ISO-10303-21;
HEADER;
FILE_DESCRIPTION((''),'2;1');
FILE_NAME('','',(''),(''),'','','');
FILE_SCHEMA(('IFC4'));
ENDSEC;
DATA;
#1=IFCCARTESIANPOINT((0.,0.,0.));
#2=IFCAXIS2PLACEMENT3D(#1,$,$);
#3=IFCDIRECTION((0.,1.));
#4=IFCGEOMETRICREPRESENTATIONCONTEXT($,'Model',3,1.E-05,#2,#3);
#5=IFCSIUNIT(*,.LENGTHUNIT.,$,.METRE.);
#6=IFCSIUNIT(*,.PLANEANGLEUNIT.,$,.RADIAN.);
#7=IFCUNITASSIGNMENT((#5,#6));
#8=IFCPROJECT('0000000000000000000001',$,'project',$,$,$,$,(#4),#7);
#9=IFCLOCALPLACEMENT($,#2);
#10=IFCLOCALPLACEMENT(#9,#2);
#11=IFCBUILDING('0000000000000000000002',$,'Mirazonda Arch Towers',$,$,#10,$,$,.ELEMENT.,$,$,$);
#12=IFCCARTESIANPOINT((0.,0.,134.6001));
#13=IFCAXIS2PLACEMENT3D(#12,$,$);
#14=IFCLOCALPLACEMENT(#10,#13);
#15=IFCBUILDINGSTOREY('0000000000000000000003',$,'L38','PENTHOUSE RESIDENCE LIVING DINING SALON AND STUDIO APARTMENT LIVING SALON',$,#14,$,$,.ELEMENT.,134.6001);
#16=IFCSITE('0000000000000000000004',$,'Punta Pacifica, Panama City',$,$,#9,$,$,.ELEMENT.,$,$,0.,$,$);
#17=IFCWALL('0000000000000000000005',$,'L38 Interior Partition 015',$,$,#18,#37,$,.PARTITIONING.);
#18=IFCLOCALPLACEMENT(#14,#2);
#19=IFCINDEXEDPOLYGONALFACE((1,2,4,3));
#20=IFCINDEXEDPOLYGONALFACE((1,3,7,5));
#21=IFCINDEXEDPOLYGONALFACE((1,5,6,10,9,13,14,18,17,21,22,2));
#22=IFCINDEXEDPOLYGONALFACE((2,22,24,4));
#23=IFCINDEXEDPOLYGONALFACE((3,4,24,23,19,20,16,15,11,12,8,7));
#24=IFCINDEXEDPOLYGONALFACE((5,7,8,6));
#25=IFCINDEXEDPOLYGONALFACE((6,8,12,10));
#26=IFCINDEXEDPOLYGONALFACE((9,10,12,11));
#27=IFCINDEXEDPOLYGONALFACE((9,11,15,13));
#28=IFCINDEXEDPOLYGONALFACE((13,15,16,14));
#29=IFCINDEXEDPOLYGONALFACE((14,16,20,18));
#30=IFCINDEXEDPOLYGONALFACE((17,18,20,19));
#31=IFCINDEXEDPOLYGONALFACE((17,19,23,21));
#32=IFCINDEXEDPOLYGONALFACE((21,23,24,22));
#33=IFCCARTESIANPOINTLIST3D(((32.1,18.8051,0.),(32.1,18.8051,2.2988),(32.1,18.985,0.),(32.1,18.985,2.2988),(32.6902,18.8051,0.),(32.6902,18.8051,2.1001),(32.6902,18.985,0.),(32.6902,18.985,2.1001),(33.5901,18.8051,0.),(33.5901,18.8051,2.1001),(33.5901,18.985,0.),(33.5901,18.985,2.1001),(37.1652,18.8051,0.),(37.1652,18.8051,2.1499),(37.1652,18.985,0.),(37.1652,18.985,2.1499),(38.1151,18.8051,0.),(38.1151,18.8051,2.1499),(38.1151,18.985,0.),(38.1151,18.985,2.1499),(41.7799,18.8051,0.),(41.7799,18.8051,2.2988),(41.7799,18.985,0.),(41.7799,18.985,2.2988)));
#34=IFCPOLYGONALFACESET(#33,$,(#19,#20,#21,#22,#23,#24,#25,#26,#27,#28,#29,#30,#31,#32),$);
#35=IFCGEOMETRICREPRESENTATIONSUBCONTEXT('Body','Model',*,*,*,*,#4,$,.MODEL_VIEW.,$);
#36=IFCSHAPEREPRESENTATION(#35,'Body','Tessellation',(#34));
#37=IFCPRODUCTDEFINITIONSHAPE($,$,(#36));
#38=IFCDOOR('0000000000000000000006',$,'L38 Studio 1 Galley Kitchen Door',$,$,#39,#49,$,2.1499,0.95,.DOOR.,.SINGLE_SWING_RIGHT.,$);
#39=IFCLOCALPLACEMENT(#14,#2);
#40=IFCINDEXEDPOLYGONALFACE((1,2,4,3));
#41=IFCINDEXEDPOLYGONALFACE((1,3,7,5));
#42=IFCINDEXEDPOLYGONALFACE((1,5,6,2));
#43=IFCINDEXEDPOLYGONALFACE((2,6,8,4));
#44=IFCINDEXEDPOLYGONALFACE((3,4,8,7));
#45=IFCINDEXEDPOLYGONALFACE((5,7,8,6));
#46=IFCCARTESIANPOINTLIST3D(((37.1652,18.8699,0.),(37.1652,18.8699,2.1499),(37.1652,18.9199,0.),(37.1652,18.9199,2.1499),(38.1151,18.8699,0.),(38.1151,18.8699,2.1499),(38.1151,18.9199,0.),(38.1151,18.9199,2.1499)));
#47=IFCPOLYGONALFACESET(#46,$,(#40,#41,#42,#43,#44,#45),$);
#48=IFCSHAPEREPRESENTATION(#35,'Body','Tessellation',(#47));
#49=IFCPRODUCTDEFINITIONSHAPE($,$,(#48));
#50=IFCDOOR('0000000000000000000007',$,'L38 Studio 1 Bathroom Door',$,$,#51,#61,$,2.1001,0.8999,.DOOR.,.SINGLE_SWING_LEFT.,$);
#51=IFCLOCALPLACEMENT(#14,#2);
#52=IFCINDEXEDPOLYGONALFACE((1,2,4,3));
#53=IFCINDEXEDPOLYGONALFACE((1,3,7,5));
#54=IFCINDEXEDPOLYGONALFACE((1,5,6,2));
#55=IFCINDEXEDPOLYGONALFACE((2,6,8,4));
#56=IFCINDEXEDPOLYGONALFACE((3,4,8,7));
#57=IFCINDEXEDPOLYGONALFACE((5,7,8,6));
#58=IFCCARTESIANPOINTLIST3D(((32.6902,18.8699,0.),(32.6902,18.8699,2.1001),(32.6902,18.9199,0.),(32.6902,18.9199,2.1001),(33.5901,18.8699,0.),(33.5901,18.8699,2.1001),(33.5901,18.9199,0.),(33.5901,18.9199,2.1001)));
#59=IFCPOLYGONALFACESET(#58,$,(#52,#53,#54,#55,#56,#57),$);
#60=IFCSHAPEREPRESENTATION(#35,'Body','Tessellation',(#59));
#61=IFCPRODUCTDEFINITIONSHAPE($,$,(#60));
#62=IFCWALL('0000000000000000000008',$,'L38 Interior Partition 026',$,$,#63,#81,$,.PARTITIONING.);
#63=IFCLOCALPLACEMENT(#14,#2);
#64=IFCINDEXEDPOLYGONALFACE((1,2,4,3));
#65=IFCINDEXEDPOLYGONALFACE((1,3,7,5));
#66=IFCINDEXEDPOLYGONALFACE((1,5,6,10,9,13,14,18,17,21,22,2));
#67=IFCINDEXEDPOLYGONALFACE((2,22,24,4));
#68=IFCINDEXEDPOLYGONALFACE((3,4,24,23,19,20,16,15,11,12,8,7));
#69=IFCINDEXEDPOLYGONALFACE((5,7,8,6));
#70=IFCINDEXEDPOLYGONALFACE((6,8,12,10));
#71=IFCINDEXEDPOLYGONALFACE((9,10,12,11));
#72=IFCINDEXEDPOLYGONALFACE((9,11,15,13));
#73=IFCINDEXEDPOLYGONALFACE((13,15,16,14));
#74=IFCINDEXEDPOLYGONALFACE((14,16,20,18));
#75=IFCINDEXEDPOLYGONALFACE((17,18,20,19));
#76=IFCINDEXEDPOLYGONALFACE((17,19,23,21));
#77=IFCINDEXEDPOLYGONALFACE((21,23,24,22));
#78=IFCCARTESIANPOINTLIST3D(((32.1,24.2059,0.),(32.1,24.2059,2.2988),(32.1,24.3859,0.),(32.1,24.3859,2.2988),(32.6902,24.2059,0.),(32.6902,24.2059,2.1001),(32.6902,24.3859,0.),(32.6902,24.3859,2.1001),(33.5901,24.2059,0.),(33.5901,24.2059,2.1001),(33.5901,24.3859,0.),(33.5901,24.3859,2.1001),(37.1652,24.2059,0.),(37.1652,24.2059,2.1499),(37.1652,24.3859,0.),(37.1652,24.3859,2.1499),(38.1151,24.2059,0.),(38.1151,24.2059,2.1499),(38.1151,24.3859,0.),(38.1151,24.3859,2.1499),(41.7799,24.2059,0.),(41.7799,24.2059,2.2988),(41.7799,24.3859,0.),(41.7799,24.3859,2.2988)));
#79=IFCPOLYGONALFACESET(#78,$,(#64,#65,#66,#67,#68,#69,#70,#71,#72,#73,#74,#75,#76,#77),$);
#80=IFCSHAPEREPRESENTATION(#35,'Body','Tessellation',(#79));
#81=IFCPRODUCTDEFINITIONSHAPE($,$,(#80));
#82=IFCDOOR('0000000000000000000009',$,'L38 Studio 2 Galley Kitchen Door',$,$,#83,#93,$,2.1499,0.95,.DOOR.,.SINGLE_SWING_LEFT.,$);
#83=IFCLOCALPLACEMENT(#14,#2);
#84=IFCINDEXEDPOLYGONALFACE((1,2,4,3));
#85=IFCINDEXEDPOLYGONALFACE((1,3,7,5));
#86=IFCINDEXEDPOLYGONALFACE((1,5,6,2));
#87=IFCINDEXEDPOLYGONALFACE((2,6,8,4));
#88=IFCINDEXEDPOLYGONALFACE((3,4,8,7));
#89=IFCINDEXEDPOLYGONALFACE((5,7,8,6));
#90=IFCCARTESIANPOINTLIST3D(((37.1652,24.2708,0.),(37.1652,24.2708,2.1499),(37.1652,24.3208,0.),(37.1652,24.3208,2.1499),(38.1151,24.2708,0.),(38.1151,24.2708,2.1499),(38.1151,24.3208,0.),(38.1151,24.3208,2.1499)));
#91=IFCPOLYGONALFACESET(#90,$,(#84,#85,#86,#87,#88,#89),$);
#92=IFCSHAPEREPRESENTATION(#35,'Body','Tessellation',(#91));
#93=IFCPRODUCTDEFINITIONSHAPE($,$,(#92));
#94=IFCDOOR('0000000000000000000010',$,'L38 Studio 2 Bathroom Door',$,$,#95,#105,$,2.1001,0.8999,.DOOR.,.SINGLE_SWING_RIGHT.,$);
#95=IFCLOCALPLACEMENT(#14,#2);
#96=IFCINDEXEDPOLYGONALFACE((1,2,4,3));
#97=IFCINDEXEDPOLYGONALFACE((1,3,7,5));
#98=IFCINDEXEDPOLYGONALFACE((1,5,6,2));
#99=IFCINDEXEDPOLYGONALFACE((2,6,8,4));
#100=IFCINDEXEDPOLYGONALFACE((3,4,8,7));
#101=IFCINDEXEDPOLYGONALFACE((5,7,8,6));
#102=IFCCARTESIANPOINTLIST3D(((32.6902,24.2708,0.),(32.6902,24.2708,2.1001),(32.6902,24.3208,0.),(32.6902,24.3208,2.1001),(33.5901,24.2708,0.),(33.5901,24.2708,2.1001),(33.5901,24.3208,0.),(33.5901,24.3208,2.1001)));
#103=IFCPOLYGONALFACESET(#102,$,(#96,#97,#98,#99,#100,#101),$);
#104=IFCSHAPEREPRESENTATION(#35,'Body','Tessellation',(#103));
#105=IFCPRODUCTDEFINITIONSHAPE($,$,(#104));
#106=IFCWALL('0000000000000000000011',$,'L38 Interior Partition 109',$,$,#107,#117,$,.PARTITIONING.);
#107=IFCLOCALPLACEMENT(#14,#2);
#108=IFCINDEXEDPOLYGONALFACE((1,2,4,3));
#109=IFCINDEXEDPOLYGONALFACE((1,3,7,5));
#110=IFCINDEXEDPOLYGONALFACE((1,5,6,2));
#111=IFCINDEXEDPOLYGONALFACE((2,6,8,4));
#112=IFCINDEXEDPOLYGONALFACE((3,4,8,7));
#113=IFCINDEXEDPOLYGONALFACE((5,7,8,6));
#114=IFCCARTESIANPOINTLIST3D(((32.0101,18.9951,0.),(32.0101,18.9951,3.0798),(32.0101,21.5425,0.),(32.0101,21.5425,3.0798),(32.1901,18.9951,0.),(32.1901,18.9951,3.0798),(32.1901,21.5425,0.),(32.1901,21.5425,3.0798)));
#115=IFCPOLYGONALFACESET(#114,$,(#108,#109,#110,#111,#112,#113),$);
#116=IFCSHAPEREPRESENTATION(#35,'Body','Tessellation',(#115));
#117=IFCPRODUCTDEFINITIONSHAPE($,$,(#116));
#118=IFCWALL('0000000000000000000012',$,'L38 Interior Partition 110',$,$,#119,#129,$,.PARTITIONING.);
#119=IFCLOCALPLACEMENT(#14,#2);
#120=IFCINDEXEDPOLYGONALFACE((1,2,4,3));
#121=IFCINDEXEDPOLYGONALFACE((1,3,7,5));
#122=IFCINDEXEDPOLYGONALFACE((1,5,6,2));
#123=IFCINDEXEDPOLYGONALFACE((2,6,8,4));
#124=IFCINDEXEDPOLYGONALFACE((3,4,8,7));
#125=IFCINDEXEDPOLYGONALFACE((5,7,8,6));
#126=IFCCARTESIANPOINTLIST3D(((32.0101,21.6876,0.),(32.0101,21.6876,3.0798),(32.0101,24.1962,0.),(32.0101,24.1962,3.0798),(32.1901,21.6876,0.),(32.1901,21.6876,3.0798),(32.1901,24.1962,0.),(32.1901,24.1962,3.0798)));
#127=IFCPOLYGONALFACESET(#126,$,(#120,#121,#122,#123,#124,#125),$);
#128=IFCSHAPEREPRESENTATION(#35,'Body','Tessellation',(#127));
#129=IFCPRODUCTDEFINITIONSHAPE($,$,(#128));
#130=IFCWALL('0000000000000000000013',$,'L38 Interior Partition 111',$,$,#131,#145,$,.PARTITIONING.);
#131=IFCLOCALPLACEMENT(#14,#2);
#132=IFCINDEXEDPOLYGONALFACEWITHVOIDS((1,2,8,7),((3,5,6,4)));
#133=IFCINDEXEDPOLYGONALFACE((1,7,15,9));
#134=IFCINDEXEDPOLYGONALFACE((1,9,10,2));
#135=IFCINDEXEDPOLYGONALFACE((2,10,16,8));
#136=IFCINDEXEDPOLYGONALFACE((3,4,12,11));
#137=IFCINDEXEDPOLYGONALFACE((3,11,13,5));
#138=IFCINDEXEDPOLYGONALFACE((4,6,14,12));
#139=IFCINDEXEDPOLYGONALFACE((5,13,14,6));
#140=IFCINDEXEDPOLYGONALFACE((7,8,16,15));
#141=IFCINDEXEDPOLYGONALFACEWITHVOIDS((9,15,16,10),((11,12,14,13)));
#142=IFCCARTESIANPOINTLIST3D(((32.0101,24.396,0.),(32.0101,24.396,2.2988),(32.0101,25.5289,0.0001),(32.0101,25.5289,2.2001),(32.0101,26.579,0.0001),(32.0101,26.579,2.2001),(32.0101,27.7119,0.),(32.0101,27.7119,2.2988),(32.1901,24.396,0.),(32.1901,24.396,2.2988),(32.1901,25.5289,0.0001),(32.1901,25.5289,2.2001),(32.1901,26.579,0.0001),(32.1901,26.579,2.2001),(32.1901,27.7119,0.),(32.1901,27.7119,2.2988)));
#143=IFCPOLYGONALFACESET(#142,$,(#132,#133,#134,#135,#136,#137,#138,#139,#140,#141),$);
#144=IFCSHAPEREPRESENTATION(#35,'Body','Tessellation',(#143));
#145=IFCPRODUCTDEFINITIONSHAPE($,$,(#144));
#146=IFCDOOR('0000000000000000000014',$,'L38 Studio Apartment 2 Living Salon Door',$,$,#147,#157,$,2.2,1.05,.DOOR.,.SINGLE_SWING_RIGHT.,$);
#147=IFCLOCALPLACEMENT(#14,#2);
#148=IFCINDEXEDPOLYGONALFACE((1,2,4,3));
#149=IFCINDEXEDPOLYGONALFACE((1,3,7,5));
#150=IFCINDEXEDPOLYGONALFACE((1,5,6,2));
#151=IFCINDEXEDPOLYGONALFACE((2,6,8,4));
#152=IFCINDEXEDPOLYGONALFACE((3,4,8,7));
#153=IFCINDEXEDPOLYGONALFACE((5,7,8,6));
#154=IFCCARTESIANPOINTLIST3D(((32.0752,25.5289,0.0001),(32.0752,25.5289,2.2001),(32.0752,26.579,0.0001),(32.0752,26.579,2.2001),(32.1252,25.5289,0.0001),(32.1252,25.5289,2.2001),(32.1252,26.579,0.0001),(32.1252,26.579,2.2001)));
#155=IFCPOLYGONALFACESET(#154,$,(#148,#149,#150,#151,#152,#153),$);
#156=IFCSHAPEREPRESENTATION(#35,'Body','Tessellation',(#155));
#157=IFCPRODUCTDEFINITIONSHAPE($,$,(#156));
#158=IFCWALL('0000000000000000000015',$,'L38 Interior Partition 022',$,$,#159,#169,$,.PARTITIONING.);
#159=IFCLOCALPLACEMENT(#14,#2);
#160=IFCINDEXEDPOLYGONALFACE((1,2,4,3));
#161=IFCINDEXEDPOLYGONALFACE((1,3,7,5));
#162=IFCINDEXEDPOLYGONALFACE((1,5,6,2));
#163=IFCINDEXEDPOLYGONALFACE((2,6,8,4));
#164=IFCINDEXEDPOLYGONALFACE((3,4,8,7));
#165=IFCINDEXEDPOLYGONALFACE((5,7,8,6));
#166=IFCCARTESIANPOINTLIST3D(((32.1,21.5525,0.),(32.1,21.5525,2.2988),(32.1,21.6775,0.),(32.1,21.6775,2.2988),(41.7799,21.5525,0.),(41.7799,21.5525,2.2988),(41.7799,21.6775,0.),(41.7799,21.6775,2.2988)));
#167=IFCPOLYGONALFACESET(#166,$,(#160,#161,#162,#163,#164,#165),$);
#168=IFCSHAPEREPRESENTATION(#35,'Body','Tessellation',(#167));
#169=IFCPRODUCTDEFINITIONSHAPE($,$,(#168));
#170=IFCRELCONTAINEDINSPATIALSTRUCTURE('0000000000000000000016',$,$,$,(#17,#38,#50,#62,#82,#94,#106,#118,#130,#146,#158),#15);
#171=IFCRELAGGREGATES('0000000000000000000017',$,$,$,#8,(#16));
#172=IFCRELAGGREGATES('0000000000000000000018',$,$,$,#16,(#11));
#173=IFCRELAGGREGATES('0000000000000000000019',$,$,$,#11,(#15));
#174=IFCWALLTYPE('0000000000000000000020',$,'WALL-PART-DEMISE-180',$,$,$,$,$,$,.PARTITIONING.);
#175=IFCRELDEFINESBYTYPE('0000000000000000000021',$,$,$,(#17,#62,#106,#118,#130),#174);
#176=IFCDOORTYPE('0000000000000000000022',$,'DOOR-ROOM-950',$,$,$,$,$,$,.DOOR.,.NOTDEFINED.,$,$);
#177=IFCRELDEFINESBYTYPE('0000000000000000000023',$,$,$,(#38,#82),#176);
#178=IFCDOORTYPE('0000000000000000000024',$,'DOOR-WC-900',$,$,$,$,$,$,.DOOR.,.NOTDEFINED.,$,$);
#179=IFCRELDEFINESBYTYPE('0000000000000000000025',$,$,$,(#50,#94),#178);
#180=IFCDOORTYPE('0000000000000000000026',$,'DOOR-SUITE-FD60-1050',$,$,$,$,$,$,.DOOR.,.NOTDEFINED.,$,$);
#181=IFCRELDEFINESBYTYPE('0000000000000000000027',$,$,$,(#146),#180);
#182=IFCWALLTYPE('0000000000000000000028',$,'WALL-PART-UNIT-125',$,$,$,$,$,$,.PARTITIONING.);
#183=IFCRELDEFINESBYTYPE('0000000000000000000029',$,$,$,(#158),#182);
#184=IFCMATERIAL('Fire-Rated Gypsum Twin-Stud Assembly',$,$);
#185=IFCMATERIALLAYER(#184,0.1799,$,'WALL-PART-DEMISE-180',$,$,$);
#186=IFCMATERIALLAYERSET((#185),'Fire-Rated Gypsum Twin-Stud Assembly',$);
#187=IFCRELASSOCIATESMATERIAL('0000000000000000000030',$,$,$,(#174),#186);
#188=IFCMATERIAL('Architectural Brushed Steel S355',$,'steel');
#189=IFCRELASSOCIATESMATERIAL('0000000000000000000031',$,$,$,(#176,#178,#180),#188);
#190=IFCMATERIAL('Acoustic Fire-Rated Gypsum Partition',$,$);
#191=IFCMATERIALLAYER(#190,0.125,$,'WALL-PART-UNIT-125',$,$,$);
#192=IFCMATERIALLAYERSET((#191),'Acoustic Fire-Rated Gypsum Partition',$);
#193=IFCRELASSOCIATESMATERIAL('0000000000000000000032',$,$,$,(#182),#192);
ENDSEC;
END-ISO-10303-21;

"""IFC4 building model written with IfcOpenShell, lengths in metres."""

from ifc_helpers import new_model, si_unit, direction, frame, frame_2d, origin, place, context, subcontext, project, spatial, rectangle, extrude, material, layer, layer_set, type_object, element, fill, save


model = new_model("IFC4")

# Units and contexts
model_context = context("Model", 3, precision=1e-05, world=origin(), true_north=direction((0.0, 1.0)))
body_context = subcontext(model_context, "Body", "Model", "MODEL_VIEW")
ifc_project = project(units=[si_unit("LENGTHUNIT", "METRE"), si_unit("PLANEANGLEUNIT", "RADIAN")], contexts=[model_context])

# Site, building, storey
site_placement = place(None, origin())
site = spatial("IfcSite", under=ifc_project, at=site_placement, Name="Punta Pacifica, Panama City", CompositionType="ELEMENT", RefElevation=0.0)
building_placement = place(site_placement, origin())
building = spatial("IfcBuilding", under=site, at=building_placement, Name="Mirazonda Arch Towers", CompositionType="ELEMENT")
storey_placement = place(building_placement, frame((0.0, 0.0, 134.6001)))
storey = spatial("IfcBuildingStorey", under=building, at=storey_placement, Name="L38", Description="PENTHOUSE RESIDENCE LIVING DINING SALON AND STUDIO APARTMENT LIVING SALON", CompositionType="ELEMENT", Elevation=134.6001)

# Walls, openings, doors
ifc_material_1 = material(Name="Fire-Rated Gypsum Twin-Stud Assembly")
ifc_layer_1 = layer(ifc_material_1, 0.1799, Name="WALL-PART-DEMISE-180")
ifc_layer_set_1 = layer_set([ifc_layer_1], Name="Fire-Rated Gypsum Twin-Stud Assembly")
wall_type_1 = type_object("IfcWallType", Name="WALL-PART-DEMISE-180", PredefinedType="PARTITIONING", material=ifc_layer_set_1)
wall_1_placement = place(storey_placement, frame((32.1001, 18.895, 0.0), z_axis=(0.0, 0.0, 1.0), x_axis=(1.0, 0.0, 0.0)))
wall_1 = element("IfcWall", 1, at=wall_1_placement, inside=storey, type_object=wall_type_1, Name="L38 Interior Partition 015", PredefinedType="PARTITIONING", context=body_context, shape_type="SweptSolid", body=[
    extrude(rectangle(XDim=9.6799, YDim=0.1799, at=frame_2d((4.8398, 0.0))), origin(), (0.0, 0.0, 1.0), 2.2988),
])
opening_1_placement = place(wall_1_placement, frame((5.0649, 0.0, 0.0)))
opening_1 = element("IfcOpeningElement", 2, at=opening_1_placement, cuts=wall_1, PredefinedType="OPENING", context=body_context, shape_type="SweptSolid", body=[
    extrude(rectangle(XDim=0.95, YDim=2.1499, at=frame_2d((0.4751, 1.075))), frame((0.0, 0.0999, 0.0), z_axis=(0.0, -1.0, 0.0), x_axis=(1.0, 0.0, 0.0)), (0.0, 0.0, 1.0), 0.2),
])
opening_2_placement = place(wall_1_placement, frame((0.5901, 0.0, 0.0)))
opening_2 = element("IfcOpeningElement", 3, at=opening_2_placement, cuts=wall_1, PredefinedType="OPENING", context=body_context, shape_type="SweptSolid", body=[
    extrude(rectangle(XDim=0.8999, YDim=2.1001, at=frame_2d((0.45, 1.05))), frame((0.0, 0.0999, 0.0), z_axis=(0.0, -1.0, 0.0), x_axis=(1.0, 0.0, 0.0)), (0.0, 0.0, 1.0), 0.2),
])
ifc_material_2 = material(Name="Architectural Brushed Steel S355", Category="steel")
door_type_1 = type_object("IfcDoorType", Name="DOOR-ROOM-950", OperationType="NOTDEFINED", PredefinedType="DOOR", material=ifc_material_2)
door_1_placement = place(opening_1_placement, origin())
door_1 = element("IfcDoor", 4, at=door_1_placement, inside=storey, type_object=door_type_1, Name="L38 Studio 1 Galley Kitchen Door", OperationType="SINGLE_SWING_RIGHT", OverallHeight=2.1499, OverallWidth=0.95, PredefinedType="DOOR", context=body_context, shape_type="SweptSolid", body=[
    extrude(rectangle(XDim=0.95, YDim=2.1499, at=frame_2d((0.4751, 1.075))), frame((0.0, 0.0249, 0.0), z_axis=(0.0, -1.0, 0.0), x_axis=(1.0, 0.0, 0.0)), (0.0, 0.0, 1.0), 0.05),
])
fill(opening_1, door_1)
door_type_2 = type_object("IfcDoorType", Name="DOOR-WC-900", OperationType="NOTDEFINED", PredefinedType="DOOR", material=ifc_material_2)
door_2_placement = place(opening_2_placement, origin())
door_2 = element("IfcDoor", 5, at=door_2_placement, inside=storey, type_object=door_type_2, Name="L38 Studio 1 Bathroom Door", OperationType="SINGLE_SWING_LEFT", OverallHeight=2.1001, OverallWidth=0.8999, PredefinedType="DOOR", context=body_context, shape_type="SweptSolid", body=[
    extrude(rectangle(XDim=0.8999, YDim=2.1001, at=frame_2d((0.45, 1.05))), frame((0.0, 0.0249, 0.0), z_axis=(0.0, -1.0, 0.0), x_axis=(1.0, 0.0, 0.0)), (0.0, 0.0, 1.0), 0.05),
])
fill(opening_2, door_2)
wall_2_placement = place(storey_placement, frame((32.1001, 24.2959, 0.0), z_axis=(0.0, 0.0, 1.0), x_axis=(1.0, 0.0, 0.0)))
wall_2 = element("IfcWall", 6, at=wall_2_placement, inside=storey, type_object=wall_type_1, Name="L38 Interior Partition 026", PredefinedType="PARTITIONING", context=body_context, shape_type="SweptSolid", body=[
    extrude(rectangle(XDim=9.6799, YDim=0.1799, at=frame_2d((4.8398, 0.0))), origin(), (0.0, 0.0, 1.0), 2.2988),
])
opening_3_placement = place(wall_2_placement, frame((5.0649, 0.0, 0.0)))
opening_3 = element("IfcOpeningElement", 7, at=opening_3_placement, cuts=wall_2, PredefinedType="OPENING", context=body_context, shape_type="SweptSolid", body=[
    extrude(rectangle(XDim=0.95, YDim=2.1499, at=frame_2d((0.4751, 1.075))), frame((0.0, 0.0999, 0.0), z_axis=(0.0, -1.0, 0.0), x_axis=(1.0, 0.0, 0.0)), (0.0, 0.0, 1.0), 0.2),
])
opening_4_placement = place(wall_2_placement, frame((0.5901, 0.0, 0.0)))
opening_4 = element("IfcOpeningElement", 8, at=opening_4_placement, cuts=wall_2, PredefinedType="OPENING", context=body_context, shape_type="SweptSolid", body=[
    extrude(rectangle(XDim=0.8999, YDim=2.1001, at=frame_2d((0.45, 1.05))), frame((0.0, 0.0999, 0.0), z_axis=(0.0, -1.0, 0.0), x_axis=(1.0, 0.0, 0.0)), (0.0, 0.0, 1.0), 0.2),
])
door_3_placement = place(opening_3_placement, origin())
door_3 = element("IfcDoor", 9, at=door_3_placement, inside=storey, type_object=door_type_1, Name="L38 Studio 2 Galley Kitchen Door", OperationType="SINGLE_SWING_LEFT", OverallHeight=2.1499, OverallWidth=0.95, PredefinedType="DOOR", context=body_context, shape_type="SweptSolid", body=[
    extrude(rectangle(XDim=0.95, YDim=2.1499, at=frame_2d((0.4751, 1.075))), frame((0.0, 0.0249, 0.0), z_axis=(0.0, -1.0, 0.0), x_axis=(1.0, 0.0, 0.0)), (0.0, 0.0, 1.0), 0.05),
])
fill(opening_3, door_3)
door_4_placement = place(opening_4_placement, origin())
door_4 = element("IfcDoor", 10, at=door_4_placement, inside=storey, type_object=door_type_2, Name="L38 Studio 2 Bathroom Door", OperationType="SINGLE_SWING_RIGHT", OverallHeight=2.1001, OverallWidth=0.8999, PredefinedType="DOOR", context=body_context, shape_type="SweptSolid", body=[
    extrude(rectangle(XDim=0.8999, YDim=2.1001, at=frame_2d((0.45, 1.05))), frame((0.0, 0.0249, 0.0), z_axis=(0.0, -1.0, 0.0), x_axis=(1.0, 0.0, 0.0)), (0.0, 0.0, 1.0), 0.05),
])
fill(opening_4, door_4)

# Walls
wall_3_placement = place(storey_placement, frame((32.1001, 18.9951, 0.0), z_axis=(0.0, 0.0, 1.0), x_axis=(0.0, 1.0, 0.0)))
element("IfcWall", 11, at=wall_3_placement, inside=storey, type_object=wall_type_1, Name="L38 Interior Partition 109", PredefinedType="PARTITIONING", context=body_context, shape_type="SweptSolid", body=[
    extrude(rectangle(XDim=2.5474, YDim=0.1799, at=frame_2d((1.2737, 0.0))), origin(), (0.0, 0.0, 1.0), 3.0798),
])
wall_4_placement = place(storey_placement, frame((32.1001, 21.6875, 0.0), z_axis=(0.0, 0.0, 1.0), x_axis=(0.0, 1.0, 0.0)))
element("IfcWall", 12, at=wall_4_placement, inside=storey, type_object=wall_type_1, Name="L38 Interior Partition 110", PredefinedType="PARTITIONING", context=body_context, shape_type="SweptSolid", body=[
    extrude(rectangle(XDim=2.5085, YDim=0.1799, at=frame_2d((1.2544, 0.0))), origin(), (0.0, 0.0, 1.0), 3.0798),
])

# Wall, opening, door
wall_5_placement = place(storey_placement, frame((32.1001, 24.396, 0.0), z_axis=(0.0, 0.0, 1.0), x_axis=(0.0, 1.0, 0.0)))
wall_5 = element("IfcWall", 13, at=wall_5_placement, inside=storey, type_object=wall_type_1, Name="L38 Interior Partition 111", PredefinedType="PARTITIONING", context=body_context, shape_type="SweptSolid", body=[
    extrude(rectangle(XDim=3.3159, YDim=0.1799, at=frame_2d((1.658, 0.0))), origin(), (0.0, 0.0, 1.0), 2.2988),
])
opening_5_placement = place(wall_5_placement, frame((1.1331, 0.0, 0.0)))
opening_5 = element("IfcOpeningElement", 14, at=opening_5_placement, cuts=wall_5, PredefinedType="OPENING", context=body_context, shape_type="SweptSolid", body=[
    extrude(rectangle(XDim=1.05, YDim=2.2, at=frame_2d((0.5249, 1.1001))), frame((0.0, 0.0999, 0.0), z_axis=(0.0, -1.0, 0.0), x_axis=(1.0, 0.0, 0.0)), (0.0, 0.0, 1.0), 0.2),
])
door_type_3 = type_object("IfcDoorType", Name="DOOR-SUITE-FD60-1050", OperationType="NOTDEFINED", PredefinedType="DOOR", material=ifc_material_2)
door_5_placement = place(opening_5_placement, origin())
door_5 = element("IfcDoor", 15, at=door_5_placement, inside=storey, type_object=door_type_3, Name="L38 Studio Apartment 2 Living Salon Door", OperationType="SINGLE_SWING_RIGHT", OverallHeight=2.2, OverallWidth=1.05, PredefinedType="DOOR", context=body_context, shape_type="SweptSolid", body=[
    extrude(rectangle(XDim=1.05, YDim=2.2, at=frame_2d((0.5249, 1.1001))), frame((0.0, 0.0249, 0.0), z_axis=(0.0, -1.0, 0.0), x_axis=(1.0, 0.0, 0.0)), (0.0, 0.0, 1.0), 0.05),
])
fill(opening_5, door_5)

# Wall
ifc_material_3 = material(Name="Acoustic Fire-Rated Gypsum Partition")
ifc_layer_2 = layer(ifc_material_3, 0.125, Name="WALL-PART-UNIT-125")
ifc_layer_set_2 = layer_set([ifc_layer_2], Name="Acoustic Fire-Rated Gypsum Partition")
wall_type_2 = type_object("IfcWallType", Name="WALL-PART-UNIT-125", PredefinedType="PARTITIONING", material=ifc_layer_set_2)
wall_6_placement = place(storey_placement, frame((32.1001, 21.615, 0.0), z_axis=(0.0, 0.0, 1.0), x_axis=(1.0, 0.0, 0.0)))
element("IfcWall", 16, at=wall_6_placement, inside=storey, type_object=wall_type_2, Name="L38 Interior Partition 022", PredefinedType="PARTITIONING", context=body_context, shape_type="SweptSolid", body=[
    extrude(rectangle(XDim=9.6799, YDim=0.125, at=frame_2d((4.8398, 0.0))), origin(), (0.0, 0.0, 1.0), 2.2988),
])

save(model, "model.ifc")
